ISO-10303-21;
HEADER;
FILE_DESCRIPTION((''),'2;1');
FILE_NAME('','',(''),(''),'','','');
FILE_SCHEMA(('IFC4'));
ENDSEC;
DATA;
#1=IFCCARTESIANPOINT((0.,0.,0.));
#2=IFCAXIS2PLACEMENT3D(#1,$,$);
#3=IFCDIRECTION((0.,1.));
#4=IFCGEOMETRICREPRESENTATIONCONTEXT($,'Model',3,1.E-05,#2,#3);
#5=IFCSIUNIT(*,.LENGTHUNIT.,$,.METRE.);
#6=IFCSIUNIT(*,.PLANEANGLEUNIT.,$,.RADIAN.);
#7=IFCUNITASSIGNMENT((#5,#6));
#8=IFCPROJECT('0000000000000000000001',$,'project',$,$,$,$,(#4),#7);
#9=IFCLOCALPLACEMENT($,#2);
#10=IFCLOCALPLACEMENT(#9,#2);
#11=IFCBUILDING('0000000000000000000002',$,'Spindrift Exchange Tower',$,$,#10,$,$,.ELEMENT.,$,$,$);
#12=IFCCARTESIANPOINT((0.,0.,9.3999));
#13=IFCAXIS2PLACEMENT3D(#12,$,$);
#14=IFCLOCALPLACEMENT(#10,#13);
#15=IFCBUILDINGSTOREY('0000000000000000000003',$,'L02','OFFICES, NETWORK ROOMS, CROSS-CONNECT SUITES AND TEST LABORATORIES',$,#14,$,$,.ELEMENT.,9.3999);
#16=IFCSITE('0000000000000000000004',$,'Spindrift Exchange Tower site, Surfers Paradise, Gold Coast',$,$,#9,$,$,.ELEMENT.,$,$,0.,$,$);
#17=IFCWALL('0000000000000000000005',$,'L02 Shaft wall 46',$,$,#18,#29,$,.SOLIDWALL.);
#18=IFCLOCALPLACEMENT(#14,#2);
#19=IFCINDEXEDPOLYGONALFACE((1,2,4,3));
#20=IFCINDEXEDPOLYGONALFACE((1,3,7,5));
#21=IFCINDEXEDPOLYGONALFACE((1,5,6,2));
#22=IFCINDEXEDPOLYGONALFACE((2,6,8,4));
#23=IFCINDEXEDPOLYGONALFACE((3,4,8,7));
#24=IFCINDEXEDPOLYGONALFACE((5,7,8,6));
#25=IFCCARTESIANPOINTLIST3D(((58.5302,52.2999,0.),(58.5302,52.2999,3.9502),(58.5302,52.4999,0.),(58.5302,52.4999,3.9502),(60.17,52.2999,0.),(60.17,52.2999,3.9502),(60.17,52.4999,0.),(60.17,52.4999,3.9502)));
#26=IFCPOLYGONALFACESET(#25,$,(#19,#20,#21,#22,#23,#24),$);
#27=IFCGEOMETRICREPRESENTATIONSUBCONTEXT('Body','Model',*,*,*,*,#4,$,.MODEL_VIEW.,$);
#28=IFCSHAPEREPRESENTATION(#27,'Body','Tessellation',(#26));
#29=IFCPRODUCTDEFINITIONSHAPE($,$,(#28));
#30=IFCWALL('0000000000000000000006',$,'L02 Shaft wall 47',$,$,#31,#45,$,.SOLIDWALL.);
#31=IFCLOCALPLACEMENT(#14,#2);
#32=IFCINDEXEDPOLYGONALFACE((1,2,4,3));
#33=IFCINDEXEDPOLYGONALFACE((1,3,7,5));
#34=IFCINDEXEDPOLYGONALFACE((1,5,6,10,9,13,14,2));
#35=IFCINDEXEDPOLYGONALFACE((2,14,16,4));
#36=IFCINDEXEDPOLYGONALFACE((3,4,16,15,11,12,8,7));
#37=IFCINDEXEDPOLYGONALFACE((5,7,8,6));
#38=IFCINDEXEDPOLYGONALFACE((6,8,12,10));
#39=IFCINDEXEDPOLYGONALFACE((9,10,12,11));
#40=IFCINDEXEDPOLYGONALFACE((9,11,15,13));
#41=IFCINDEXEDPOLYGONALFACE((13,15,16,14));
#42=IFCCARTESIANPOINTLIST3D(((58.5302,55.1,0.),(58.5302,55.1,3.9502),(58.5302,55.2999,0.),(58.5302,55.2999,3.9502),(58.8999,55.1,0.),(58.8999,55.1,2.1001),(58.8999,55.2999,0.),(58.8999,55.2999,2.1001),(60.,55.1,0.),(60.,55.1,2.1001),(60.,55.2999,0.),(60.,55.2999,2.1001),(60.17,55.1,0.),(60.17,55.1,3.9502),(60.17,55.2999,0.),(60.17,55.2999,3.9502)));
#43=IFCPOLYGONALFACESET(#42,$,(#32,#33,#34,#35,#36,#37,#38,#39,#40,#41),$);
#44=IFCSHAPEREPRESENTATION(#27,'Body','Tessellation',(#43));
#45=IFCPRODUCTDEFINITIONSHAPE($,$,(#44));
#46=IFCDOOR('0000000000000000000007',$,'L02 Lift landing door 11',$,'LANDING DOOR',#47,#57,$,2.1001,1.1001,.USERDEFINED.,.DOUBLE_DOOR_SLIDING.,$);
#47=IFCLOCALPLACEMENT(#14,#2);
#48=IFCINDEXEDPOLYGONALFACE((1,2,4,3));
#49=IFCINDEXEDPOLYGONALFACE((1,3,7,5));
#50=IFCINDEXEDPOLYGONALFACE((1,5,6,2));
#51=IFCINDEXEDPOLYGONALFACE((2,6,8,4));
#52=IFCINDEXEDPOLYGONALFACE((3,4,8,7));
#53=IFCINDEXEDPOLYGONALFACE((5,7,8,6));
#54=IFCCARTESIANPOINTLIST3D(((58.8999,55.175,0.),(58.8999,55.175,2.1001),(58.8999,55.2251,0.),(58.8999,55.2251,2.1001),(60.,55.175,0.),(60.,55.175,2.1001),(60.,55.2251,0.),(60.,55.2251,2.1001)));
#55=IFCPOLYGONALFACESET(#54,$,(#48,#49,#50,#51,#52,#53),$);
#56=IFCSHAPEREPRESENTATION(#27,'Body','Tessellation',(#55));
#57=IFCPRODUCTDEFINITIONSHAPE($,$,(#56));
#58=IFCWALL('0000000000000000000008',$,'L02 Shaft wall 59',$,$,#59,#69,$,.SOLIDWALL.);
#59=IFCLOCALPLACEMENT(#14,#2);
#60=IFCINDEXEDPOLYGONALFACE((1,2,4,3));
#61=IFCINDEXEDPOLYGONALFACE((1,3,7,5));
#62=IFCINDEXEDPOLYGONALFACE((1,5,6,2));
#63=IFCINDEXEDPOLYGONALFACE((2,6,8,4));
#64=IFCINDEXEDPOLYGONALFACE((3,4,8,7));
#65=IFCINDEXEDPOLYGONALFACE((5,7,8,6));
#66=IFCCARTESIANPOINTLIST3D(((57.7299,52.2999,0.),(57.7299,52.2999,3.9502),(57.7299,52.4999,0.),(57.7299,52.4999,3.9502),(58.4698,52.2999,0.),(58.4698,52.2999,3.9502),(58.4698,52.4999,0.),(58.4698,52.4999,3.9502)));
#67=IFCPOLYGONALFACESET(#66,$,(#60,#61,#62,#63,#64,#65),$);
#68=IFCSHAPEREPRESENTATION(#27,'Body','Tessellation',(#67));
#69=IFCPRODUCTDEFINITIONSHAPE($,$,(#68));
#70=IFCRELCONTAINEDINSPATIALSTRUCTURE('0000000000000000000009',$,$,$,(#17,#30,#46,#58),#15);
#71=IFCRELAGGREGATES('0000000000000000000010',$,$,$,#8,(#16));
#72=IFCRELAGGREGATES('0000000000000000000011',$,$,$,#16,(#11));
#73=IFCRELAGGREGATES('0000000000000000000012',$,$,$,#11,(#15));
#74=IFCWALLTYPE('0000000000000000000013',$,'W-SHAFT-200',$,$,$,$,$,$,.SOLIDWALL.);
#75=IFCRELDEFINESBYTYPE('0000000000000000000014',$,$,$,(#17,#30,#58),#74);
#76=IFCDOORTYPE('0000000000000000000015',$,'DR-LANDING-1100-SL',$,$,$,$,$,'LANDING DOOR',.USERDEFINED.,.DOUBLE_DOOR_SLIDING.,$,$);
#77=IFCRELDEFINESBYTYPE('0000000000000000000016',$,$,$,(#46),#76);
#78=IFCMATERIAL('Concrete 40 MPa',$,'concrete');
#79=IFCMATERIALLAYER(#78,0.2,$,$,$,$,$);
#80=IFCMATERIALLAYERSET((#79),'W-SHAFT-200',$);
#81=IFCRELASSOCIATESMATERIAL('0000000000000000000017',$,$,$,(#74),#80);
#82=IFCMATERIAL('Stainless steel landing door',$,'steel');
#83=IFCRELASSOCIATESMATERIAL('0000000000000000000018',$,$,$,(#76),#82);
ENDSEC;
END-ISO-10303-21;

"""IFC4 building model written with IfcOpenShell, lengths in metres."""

from ifc_helpers import new_model, si_unit, direction, frame, frame_2d, origin, place, context, subcontext, project, spatial, rectangle, extrude, source, transform, mapped, material, layer, layer_set, type_object, element, fill, save


model = new_model("IFC4")

# Units and contexts
model_context = context("Model", 3, precision=1e-05, world=origin(), true_north=direction((0.0, 1.0)))
body_context = subcontext(model_context, "Body", "Model", "MODEL_VIEW")
ifc_project = project(units=[si_unit("LENGTHUNIT", "METRE"), si_unit("PLANEANGLEUNIT", "RADIAN")], contexts=[model_context])

# Site, building, storey
site_placement = place(None, origin())
site = spatial("IfcSite", under=ifc_project, at=site_placement, Name="Spindrift Exchange Tower site, Surfers Paradise, Gold Coast", CompositionType="ELEMENT", RefElevation=0.0)
building_placement = place(site_placement, origin())
building = spatial("IfcBuilding", under=site, at=building_placement, Name="Spindrift Exchange Tower", CompositionType="ELEMENT")
storey_placement = place(building_placement, frame((0.0, 0.0, 9.3999)))
storey = spatial("IfcBuildingStorey", under=building, at=storey_placement, Name="L02", Description="OFFICES, NETWORK ROOMS, CROSS-CONNECT SUITES AND TEST LABORATORIES", CompositionType="ELEMENT", Elevation=9.3999)

# Wall
ifc_material_1 = material(Name="Concrete 40 MPa", Category="concrete")
ifc_layer_1 = layer(ifc_material_1, 0.2)
ifc_layer_set_1 = layer_set([ifc_layer_1], Name="W-SHAFT-200")
wall_type_1 = type_object("IfcWallType", Name="W-SHAFT-200", PredefinedType="SOLIDWALL", material=ifc_layer_set_1)
wall_1_placement = place(storey_placement, frame((60.1699, 52.3999, 0.0), z_axis=(0.0, 0.0, 1.0), x_axis=(-1.0, 0.0, 0.0)))
element("IfcWall", 1, at=wall_1_placement, inside=storey, type_object=wall_type_1, Name="L02 Shaft wall 46", PredefinedType="SOLIDWALL", context=body_context, shape_type="SweptSolid", body=[
    extrude(rectangle(XDim=1.6399, YDim=0.2, at=frame_2d((0.8198, 0.0))), origin(), (0.0, 0.0, 1.0), 3.9502),
])

# Wall, opening, door
wall_2_placement = place(storey_placement, frame((60.1699, 55.2, 0.0), z_axis=(0.0, 0.0, 1.0), x_axis=(-1.0, 0.0, 0.0)))
wall_2 = element("IfcWall", 2, at=wall_2_placement, inside=storey, type_object=wall_type_1, Name="L02 Shaft wall 47", PredefinedType="SOLIDWALL", context=body_context, shape_type="SweptSolid", body=[
    extrude(rectangle(XDim=1.6399, YDim=0.2, at=frame_2d((0.8198, 0.0))), origin(), (0.0, 0.0, 1.0), 3.9502),
])
opening_1_placement = place(wall_2_placement, frame((0.1699, 0.0, 0.0)))
opening_1 = element("IfcOpeningElement", 3, at=opening_1_placement, cuts=wall_2, PredefinedType="OPENING", context=body_context, shape_type="SweptSolid", body=[
    extrude(rectangle(XDim=1.1001, YDim=2.1001, at=frame_2d((0.55, 1.05))), frame((0.0, 0.1099, 0.0), z_axis=(0.0, -1.0, 0.0), x_axis=(1.0, 0.0, 0.0)), (0.0, 0.0, 1.0), 0.22),
])
ifc_material_2 = material(Name="Stainless steel landing door", Category="steel")
door_type_1 = type_object("IfcDoorType", Name="DR-LANDING-1100-SL", ElementType="LANDING DOOR", OperationType="DOUBLE_DOOR_SLIDING", PredefinedType="USERDEFINED", material=ifc_material_2)
shared_shape_1 = source(origin(), body_context, "Body", "SweptSolid", [
    extrude(rectangle(XDim=1.1001, YDim=2.1001, at=frame_2d((0.55, 1.05))), frame((0.0, 0.0249, 0.0), z_axis=(0.0, -1.0, 0.0), x_axis=(1.0, 0.0, 0.0)), (0.0, 0.0, 1.0), 0.05),
])
door_1_placement = place(opening_1_placement, origin())
door_1 = element("IfcDoor", 4, at=door_1_placement, inside=storey, type_object=door_type_1, Name="L02 Lift landing door 11", ObjectType="LANDING DOOR", OperationType="DOUBLE_DOOR_SLIDING", OverallHeight=2.1001, OverallWidth=1.1001, PredefinedType="USERDEFINED", context=body_context, shape_type="MappedRepresentation", body=[
    mapped(shared_shape_1, transform((0.0, 0.0, 0.0), scale=1.0)),
])
fill(opening_1, door_1)

# Wall
wall_3_placement = place(storey_placement, frame((58.47, 52.3999, 0.0), z_axis=(0.0, 0.0, 1.0), x_axis=(-1.0, 0.0, 0.0)))
element("IfcWall", 5, at=wall_3_placement, inside=storey, type_object=wall_type_1, Name="L02 Shaft wall 59", PredefinedType="SOLIDWALL", context=body_context, shape_type="SweptSolid", body=[
    extrude(rectangle(XDim=0.74, YDim=0.2, at=frame_2d((0.3701, 0.0))), origin(), (0.0, 0.0, 1.0), 3.9502),
])

save(model, "model.ifc")
